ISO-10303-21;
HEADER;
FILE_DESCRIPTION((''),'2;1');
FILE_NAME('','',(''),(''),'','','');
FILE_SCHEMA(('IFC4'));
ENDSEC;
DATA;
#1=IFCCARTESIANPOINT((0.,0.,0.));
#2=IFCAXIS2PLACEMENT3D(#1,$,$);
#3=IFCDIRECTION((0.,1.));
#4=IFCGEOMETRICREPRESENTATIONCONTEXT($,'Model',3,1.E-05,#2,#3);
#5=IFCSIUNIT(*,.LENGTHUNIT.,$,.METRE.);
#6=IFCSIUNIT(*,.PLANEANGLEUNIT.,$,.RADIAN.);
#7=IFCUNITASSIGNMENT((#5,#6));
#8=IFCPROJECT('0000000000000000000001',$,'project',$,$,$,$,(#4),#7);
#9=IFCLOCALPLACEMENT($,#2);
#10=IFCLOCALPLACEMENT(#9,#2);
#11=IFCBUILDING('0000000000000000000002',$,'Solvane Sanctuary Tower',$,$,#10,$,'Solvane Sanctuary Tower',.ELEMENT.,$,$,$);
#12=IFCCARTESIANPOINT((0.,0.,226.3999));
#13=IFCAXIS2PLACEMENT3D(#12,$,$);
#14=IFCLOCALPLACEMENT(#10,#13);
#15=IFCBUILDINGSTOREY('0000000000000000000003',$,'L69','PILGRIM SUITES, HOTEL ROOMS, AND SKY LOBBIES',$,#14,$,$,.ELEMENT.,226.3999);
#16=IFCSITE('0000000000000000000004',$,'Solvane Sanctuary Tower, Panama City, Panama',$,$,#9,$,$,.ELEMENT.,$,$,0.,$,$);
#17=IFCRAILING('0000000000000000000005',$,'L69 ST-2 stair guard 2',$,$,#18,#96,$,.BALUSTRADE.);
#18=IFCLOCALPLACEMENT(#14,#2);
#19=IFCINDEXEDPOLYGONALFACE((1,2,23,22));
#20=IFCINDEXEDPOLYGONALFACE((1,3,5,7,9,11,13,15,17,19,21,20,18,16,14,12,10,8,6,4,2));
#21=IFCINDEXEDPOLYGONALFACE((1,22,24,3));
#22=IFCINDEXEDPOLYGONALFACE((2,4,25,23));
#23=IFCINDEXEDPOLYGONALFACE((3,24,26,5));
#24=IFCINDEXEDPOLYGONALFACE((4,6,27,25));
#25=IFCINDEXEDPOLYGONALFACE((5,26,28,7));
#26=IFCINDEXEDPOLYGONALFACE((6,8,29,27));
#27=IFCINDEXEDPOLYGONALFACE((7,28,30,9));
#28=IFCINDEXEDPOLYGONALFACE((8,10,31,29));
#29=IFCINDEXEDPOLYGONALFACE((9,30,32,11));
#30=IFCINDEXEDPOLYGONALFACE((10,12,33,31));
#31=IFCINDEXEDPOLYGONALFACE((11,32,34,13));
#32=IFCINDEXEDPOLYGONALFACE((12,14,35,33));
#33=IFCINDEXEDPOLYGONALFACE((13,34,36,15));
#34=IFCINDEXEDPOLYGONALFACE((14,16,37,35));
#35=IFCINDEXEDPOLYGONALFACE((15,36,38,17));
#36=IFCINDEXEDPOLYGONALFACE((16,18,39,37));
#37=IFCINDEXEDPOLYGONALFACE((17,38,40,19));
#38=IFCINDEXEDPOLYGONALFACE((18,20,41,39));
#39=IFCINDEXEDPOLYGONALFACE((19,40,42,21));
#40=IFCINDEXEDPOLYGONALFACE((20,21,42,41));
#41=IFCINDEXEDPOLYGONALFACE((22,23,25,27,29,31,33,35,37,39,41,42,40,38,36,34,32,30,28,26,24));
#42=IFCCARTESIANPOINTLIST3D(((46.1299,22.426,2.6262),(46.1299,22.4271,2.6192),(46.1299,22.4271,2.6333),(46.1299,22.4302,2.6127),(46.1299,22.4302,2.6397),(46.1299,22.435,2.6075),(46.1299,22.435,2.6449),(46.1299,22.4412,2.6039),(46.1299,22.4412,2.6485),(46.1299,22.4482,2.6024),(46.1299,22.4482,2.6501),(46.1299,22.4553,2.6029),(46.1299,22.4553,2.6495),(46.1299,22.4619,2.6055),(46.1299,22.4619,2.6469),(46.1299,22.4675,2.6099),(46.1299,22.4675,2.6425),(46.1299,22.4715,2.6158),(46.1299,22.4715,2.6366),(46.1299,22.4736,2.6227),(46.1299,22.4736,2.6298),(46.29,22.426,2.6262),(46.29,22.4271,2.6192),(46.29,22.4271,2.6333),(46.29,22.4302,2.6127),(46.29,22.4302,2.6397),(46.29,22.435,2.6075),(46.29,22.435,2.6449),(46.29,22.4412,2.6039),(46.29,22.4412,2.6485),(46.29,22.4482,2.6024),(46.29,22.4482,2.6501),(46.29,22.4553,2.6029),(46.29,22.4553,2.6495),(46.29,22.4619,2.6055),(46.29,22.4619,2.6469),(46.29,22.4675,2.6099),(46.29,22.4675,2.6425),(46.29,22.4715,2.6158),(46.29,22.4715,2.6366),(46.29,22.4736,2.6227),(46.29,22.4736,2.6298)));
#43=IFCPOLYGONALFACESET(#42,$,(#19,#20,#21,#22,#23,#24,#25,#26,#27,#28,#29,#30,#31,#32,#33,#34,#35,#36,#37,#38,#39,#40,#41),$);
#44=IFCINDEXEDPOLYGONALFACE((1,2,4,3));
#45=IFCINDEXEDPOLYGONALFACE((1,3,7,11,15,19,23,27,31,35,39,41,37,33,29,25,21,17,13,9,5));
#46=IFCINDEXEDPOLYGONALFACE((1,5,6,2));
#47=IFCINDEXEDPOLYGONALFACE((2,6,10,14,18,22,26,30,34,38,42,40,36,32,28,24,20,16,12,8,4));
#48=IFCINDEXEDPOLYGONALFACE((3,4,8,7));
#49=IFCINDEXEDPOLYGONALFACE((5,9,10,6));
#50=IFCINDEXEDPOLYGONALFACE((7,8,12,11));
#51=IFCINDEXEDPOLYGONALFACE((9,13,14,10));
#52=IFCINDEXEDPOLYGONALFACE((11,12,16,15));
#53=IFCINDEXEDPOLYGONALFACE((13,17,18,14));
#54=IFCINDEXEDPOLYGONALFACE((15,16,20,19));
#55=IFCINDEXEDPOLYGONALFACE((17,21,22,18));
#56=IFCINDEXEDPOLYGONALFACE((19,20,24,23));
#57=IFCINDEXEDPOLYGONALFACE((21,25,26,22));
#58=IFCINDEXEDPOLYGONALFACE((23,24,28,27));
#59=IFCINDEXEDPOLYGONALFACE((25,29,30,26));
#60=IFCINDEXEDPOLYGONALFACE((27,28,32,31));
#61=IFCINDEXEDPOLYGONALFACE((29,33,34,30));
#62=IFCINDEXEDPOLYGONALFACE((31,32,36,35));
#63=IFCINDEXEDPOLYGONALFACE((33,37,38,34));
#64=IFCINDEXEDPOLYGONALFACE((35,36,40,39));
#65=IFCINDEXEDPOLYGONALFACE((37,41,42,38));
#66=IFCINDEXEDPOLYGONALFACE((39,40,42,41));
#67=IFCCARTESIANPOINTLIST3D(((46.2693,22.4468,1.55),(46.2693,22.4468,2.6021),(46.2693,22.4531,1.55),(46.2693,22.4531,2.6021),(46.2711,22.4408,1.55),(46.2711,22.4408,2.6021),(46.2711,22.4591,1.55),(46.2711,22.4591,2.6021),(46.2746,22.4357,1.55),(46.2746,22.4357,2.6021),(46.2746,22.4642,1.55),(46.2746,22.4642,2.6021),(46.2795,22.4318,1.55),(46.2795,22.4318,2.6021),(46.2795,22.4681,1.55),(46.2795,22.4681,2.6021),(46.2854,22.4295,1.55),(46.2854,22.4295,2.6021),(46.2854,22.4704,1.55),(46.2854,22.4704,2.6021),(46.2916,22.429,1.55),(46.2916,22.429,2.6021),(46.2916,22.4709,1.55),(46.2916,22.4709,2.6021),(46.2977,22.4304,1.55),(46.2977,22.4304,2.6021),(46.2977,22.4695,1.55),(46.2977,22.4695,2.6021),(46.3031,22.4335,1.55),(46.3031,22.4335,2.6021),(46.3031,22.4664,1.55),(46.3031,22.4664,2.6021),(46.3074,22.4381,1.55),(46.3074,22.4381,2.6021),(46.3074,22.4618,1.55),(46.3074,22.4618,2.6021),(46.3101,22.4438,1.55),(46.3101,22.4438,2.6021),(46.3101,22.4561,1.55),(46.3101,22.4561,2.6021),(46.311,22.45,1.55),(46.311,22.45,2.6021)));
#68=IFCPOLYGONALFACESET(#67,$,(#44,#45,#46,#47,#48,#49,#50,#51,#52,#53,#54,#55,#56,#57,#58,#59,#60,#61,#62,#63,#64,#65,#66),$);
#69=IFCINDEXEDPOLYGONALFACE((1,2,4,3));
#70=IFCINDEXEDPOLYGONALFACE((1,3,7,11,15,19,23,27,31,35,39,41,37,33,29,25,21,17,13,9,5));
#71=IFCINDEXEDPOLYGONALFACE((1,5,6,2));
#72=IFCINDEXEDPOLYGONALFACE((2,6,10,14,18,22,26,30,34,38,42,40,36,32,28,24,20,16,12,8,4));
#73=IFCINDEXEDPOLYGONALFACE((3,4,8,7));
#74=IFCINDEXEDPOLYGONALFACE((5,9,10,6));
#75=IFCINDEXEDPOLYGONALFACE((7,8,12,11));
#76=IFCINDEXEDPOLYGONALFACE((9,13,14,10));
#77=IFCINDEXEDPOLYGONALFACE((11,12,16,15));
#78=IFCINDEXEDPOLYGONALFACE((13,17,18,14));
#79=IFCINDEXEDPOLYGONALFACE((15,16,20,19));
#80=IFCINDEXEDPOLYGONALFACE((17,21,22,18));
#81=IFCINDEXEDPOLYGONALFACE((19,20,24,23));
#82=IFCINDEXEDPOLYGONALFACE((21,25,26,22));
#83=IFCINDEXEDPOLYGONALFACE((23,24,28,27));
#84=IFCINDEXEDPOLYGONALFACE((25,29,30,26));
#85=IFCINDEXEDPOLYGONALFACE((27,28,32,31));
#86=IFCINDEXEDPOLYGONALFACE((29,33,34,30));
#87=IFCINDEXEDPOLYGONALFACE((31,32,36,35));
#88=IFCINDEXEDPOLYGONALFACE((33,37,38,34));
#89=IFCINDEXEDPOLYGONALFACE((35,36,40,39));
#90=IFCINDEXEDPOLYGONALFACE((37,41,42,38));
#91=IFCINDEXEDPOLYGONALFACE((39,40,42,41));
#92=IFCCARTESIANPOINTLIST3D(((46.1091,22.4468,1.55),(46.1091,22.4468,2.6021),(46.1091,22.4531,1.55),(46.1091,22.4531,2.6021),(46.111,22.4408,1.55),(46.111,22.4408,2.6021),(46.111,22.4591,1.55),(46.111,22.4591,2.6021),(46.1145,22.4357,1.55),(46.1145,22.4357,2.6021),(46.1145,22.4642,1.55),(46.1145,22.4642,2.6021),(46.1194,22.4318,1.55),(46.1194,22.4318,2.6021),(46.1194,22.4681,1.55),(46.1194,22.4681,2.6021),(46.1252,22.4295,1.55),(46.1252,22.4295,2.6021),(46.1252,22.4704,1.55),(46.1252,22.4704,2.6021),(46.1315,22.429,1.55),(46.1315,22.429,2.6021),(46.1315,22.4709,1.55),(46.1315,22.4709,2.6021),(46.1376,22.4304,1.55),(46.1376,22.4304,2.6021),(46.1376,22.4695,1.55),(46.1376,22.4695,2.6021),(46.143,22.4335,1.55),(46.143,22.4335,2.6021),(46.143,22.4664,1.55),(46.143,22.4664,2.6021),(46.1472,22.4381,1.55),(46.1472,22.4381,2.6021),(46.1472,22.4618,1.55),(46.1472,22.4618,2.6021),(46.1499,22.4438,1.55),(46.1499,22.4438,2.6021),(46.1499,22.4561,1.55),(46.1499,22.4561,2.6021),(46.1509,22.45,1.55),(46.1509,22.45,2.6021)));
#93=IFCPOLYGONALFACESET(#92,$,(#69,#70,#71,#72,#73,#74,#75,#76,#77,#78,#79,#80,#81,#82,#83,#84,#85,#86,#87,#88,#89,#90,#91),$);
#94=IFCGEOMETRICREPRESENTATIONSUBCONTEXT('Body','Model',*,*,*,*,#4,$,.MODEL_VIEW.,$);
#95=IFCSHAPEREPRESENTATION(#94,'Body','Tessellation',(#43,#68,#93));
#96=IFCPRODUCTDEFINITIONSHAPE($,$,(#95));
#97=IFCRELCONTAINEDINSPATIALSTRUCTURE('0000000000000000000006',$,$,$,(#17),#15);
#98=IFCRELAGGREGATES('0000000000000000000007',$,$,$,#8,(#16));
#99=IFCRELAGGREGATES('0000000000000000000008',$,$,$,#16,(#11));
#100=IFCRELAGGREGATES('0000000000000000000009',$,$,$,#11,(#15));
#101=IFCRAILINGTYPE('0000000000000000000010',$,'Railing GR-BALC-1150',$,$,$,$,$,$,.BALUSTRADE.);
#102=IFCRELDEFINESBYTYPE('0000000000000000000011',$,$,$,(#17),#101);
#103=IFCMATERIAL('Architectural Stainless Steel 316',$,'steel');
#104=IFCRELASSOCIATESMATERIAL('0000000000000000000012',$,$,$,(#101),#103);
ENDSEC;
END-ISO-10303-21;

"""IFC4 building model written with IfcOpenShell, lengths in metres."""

from ifc_helpers import new_model, si_unit, direction, frame, origin, origin_2d, place, context, subcontext, project, spatial, circle, extrude, material, type_object, element, save


model = new_model("IFC4")

# Units and contexts
model_context = context("Model", 3, precision=1e-05, world=origin(), true_north=direction((0.0, 1.0)))
body_context = subcontext(model_context, "Body", "Model", "MODEL_VIEW")
ifc_project = project(units=[si_unit("LENGTHUNIT", "METRE"), si_unit("PLANEANGLEUNIT", "RADIAN")], contexts=[model_context])

# Site, building, storey
site_placement = place(None, origin())
site = spatial("IfcSite", under=ifc_project, at=site_placement, Name="Solvane Sanctuary Tower, Panama City, Panama", CompositionType="ELEMENT", RefElevation=0.0)
building_placement = place(site_placement, origin())
building = spatial("IfcBuilding", under=site, at=building_placement, Name="Solvane Sanctuary Tower", LongName="Solvane Sanctuary Tower", CompositionType="ELEMENT")
storey_placement = place(building_placement, frame((0.0, 0.0, 226.3999)))
storey = spatial("IfcBuildingStorey", under=building, at=storey_placement, Name="L69", Description="PILGRIM SUITES, HOTEL ROOMS, AND SKY LOBBIES", CompositionType="ELEMENT", Elevation=226.3999)

# Shared definitions
ifc_material_1 = material(Name="Architectural Stainless Steel 316", Category="steel")

# Railing
railing_type_1 = type_object("IfcRailingType", Name="Railing GR-BALC-1150", PredefinedType="BALUSTRADE", material=ifc_material_1)
railing_1_placement = place(storey_placement, frame((46.29, 22.45, 1.55)))
element("IfcRailing", 1, at=railing_1_placement, inside=storey, type_object=railing_type_1, Name="L69 ST-2 stair guard 2", PredefinedType="BALUSTRADE", context=body_context, shape_type="SweptSolid", body=[
    extrude(circle(Radius=0.0239, at=origin_2d()), frame((0.0, 0.0, 1.0762), z_axis=(-1.0, 0.0, 0.0), x_axis=(0.0, -1.0, 0.0)), (0.0, 0.0, 1.0), 0.1602),
    extrude(circle(Radius=0.021, at=origin_2d()), origin(), (0.0, 0.0, 1.0), 1.052),
    extrude(circle(Radius=0.021, at=origin_2d()), frame((-0.1602, 0.0, 0.0)), (0.0, 0.0, 1.0), 1.052),
])

save(model, "model.ifc")
